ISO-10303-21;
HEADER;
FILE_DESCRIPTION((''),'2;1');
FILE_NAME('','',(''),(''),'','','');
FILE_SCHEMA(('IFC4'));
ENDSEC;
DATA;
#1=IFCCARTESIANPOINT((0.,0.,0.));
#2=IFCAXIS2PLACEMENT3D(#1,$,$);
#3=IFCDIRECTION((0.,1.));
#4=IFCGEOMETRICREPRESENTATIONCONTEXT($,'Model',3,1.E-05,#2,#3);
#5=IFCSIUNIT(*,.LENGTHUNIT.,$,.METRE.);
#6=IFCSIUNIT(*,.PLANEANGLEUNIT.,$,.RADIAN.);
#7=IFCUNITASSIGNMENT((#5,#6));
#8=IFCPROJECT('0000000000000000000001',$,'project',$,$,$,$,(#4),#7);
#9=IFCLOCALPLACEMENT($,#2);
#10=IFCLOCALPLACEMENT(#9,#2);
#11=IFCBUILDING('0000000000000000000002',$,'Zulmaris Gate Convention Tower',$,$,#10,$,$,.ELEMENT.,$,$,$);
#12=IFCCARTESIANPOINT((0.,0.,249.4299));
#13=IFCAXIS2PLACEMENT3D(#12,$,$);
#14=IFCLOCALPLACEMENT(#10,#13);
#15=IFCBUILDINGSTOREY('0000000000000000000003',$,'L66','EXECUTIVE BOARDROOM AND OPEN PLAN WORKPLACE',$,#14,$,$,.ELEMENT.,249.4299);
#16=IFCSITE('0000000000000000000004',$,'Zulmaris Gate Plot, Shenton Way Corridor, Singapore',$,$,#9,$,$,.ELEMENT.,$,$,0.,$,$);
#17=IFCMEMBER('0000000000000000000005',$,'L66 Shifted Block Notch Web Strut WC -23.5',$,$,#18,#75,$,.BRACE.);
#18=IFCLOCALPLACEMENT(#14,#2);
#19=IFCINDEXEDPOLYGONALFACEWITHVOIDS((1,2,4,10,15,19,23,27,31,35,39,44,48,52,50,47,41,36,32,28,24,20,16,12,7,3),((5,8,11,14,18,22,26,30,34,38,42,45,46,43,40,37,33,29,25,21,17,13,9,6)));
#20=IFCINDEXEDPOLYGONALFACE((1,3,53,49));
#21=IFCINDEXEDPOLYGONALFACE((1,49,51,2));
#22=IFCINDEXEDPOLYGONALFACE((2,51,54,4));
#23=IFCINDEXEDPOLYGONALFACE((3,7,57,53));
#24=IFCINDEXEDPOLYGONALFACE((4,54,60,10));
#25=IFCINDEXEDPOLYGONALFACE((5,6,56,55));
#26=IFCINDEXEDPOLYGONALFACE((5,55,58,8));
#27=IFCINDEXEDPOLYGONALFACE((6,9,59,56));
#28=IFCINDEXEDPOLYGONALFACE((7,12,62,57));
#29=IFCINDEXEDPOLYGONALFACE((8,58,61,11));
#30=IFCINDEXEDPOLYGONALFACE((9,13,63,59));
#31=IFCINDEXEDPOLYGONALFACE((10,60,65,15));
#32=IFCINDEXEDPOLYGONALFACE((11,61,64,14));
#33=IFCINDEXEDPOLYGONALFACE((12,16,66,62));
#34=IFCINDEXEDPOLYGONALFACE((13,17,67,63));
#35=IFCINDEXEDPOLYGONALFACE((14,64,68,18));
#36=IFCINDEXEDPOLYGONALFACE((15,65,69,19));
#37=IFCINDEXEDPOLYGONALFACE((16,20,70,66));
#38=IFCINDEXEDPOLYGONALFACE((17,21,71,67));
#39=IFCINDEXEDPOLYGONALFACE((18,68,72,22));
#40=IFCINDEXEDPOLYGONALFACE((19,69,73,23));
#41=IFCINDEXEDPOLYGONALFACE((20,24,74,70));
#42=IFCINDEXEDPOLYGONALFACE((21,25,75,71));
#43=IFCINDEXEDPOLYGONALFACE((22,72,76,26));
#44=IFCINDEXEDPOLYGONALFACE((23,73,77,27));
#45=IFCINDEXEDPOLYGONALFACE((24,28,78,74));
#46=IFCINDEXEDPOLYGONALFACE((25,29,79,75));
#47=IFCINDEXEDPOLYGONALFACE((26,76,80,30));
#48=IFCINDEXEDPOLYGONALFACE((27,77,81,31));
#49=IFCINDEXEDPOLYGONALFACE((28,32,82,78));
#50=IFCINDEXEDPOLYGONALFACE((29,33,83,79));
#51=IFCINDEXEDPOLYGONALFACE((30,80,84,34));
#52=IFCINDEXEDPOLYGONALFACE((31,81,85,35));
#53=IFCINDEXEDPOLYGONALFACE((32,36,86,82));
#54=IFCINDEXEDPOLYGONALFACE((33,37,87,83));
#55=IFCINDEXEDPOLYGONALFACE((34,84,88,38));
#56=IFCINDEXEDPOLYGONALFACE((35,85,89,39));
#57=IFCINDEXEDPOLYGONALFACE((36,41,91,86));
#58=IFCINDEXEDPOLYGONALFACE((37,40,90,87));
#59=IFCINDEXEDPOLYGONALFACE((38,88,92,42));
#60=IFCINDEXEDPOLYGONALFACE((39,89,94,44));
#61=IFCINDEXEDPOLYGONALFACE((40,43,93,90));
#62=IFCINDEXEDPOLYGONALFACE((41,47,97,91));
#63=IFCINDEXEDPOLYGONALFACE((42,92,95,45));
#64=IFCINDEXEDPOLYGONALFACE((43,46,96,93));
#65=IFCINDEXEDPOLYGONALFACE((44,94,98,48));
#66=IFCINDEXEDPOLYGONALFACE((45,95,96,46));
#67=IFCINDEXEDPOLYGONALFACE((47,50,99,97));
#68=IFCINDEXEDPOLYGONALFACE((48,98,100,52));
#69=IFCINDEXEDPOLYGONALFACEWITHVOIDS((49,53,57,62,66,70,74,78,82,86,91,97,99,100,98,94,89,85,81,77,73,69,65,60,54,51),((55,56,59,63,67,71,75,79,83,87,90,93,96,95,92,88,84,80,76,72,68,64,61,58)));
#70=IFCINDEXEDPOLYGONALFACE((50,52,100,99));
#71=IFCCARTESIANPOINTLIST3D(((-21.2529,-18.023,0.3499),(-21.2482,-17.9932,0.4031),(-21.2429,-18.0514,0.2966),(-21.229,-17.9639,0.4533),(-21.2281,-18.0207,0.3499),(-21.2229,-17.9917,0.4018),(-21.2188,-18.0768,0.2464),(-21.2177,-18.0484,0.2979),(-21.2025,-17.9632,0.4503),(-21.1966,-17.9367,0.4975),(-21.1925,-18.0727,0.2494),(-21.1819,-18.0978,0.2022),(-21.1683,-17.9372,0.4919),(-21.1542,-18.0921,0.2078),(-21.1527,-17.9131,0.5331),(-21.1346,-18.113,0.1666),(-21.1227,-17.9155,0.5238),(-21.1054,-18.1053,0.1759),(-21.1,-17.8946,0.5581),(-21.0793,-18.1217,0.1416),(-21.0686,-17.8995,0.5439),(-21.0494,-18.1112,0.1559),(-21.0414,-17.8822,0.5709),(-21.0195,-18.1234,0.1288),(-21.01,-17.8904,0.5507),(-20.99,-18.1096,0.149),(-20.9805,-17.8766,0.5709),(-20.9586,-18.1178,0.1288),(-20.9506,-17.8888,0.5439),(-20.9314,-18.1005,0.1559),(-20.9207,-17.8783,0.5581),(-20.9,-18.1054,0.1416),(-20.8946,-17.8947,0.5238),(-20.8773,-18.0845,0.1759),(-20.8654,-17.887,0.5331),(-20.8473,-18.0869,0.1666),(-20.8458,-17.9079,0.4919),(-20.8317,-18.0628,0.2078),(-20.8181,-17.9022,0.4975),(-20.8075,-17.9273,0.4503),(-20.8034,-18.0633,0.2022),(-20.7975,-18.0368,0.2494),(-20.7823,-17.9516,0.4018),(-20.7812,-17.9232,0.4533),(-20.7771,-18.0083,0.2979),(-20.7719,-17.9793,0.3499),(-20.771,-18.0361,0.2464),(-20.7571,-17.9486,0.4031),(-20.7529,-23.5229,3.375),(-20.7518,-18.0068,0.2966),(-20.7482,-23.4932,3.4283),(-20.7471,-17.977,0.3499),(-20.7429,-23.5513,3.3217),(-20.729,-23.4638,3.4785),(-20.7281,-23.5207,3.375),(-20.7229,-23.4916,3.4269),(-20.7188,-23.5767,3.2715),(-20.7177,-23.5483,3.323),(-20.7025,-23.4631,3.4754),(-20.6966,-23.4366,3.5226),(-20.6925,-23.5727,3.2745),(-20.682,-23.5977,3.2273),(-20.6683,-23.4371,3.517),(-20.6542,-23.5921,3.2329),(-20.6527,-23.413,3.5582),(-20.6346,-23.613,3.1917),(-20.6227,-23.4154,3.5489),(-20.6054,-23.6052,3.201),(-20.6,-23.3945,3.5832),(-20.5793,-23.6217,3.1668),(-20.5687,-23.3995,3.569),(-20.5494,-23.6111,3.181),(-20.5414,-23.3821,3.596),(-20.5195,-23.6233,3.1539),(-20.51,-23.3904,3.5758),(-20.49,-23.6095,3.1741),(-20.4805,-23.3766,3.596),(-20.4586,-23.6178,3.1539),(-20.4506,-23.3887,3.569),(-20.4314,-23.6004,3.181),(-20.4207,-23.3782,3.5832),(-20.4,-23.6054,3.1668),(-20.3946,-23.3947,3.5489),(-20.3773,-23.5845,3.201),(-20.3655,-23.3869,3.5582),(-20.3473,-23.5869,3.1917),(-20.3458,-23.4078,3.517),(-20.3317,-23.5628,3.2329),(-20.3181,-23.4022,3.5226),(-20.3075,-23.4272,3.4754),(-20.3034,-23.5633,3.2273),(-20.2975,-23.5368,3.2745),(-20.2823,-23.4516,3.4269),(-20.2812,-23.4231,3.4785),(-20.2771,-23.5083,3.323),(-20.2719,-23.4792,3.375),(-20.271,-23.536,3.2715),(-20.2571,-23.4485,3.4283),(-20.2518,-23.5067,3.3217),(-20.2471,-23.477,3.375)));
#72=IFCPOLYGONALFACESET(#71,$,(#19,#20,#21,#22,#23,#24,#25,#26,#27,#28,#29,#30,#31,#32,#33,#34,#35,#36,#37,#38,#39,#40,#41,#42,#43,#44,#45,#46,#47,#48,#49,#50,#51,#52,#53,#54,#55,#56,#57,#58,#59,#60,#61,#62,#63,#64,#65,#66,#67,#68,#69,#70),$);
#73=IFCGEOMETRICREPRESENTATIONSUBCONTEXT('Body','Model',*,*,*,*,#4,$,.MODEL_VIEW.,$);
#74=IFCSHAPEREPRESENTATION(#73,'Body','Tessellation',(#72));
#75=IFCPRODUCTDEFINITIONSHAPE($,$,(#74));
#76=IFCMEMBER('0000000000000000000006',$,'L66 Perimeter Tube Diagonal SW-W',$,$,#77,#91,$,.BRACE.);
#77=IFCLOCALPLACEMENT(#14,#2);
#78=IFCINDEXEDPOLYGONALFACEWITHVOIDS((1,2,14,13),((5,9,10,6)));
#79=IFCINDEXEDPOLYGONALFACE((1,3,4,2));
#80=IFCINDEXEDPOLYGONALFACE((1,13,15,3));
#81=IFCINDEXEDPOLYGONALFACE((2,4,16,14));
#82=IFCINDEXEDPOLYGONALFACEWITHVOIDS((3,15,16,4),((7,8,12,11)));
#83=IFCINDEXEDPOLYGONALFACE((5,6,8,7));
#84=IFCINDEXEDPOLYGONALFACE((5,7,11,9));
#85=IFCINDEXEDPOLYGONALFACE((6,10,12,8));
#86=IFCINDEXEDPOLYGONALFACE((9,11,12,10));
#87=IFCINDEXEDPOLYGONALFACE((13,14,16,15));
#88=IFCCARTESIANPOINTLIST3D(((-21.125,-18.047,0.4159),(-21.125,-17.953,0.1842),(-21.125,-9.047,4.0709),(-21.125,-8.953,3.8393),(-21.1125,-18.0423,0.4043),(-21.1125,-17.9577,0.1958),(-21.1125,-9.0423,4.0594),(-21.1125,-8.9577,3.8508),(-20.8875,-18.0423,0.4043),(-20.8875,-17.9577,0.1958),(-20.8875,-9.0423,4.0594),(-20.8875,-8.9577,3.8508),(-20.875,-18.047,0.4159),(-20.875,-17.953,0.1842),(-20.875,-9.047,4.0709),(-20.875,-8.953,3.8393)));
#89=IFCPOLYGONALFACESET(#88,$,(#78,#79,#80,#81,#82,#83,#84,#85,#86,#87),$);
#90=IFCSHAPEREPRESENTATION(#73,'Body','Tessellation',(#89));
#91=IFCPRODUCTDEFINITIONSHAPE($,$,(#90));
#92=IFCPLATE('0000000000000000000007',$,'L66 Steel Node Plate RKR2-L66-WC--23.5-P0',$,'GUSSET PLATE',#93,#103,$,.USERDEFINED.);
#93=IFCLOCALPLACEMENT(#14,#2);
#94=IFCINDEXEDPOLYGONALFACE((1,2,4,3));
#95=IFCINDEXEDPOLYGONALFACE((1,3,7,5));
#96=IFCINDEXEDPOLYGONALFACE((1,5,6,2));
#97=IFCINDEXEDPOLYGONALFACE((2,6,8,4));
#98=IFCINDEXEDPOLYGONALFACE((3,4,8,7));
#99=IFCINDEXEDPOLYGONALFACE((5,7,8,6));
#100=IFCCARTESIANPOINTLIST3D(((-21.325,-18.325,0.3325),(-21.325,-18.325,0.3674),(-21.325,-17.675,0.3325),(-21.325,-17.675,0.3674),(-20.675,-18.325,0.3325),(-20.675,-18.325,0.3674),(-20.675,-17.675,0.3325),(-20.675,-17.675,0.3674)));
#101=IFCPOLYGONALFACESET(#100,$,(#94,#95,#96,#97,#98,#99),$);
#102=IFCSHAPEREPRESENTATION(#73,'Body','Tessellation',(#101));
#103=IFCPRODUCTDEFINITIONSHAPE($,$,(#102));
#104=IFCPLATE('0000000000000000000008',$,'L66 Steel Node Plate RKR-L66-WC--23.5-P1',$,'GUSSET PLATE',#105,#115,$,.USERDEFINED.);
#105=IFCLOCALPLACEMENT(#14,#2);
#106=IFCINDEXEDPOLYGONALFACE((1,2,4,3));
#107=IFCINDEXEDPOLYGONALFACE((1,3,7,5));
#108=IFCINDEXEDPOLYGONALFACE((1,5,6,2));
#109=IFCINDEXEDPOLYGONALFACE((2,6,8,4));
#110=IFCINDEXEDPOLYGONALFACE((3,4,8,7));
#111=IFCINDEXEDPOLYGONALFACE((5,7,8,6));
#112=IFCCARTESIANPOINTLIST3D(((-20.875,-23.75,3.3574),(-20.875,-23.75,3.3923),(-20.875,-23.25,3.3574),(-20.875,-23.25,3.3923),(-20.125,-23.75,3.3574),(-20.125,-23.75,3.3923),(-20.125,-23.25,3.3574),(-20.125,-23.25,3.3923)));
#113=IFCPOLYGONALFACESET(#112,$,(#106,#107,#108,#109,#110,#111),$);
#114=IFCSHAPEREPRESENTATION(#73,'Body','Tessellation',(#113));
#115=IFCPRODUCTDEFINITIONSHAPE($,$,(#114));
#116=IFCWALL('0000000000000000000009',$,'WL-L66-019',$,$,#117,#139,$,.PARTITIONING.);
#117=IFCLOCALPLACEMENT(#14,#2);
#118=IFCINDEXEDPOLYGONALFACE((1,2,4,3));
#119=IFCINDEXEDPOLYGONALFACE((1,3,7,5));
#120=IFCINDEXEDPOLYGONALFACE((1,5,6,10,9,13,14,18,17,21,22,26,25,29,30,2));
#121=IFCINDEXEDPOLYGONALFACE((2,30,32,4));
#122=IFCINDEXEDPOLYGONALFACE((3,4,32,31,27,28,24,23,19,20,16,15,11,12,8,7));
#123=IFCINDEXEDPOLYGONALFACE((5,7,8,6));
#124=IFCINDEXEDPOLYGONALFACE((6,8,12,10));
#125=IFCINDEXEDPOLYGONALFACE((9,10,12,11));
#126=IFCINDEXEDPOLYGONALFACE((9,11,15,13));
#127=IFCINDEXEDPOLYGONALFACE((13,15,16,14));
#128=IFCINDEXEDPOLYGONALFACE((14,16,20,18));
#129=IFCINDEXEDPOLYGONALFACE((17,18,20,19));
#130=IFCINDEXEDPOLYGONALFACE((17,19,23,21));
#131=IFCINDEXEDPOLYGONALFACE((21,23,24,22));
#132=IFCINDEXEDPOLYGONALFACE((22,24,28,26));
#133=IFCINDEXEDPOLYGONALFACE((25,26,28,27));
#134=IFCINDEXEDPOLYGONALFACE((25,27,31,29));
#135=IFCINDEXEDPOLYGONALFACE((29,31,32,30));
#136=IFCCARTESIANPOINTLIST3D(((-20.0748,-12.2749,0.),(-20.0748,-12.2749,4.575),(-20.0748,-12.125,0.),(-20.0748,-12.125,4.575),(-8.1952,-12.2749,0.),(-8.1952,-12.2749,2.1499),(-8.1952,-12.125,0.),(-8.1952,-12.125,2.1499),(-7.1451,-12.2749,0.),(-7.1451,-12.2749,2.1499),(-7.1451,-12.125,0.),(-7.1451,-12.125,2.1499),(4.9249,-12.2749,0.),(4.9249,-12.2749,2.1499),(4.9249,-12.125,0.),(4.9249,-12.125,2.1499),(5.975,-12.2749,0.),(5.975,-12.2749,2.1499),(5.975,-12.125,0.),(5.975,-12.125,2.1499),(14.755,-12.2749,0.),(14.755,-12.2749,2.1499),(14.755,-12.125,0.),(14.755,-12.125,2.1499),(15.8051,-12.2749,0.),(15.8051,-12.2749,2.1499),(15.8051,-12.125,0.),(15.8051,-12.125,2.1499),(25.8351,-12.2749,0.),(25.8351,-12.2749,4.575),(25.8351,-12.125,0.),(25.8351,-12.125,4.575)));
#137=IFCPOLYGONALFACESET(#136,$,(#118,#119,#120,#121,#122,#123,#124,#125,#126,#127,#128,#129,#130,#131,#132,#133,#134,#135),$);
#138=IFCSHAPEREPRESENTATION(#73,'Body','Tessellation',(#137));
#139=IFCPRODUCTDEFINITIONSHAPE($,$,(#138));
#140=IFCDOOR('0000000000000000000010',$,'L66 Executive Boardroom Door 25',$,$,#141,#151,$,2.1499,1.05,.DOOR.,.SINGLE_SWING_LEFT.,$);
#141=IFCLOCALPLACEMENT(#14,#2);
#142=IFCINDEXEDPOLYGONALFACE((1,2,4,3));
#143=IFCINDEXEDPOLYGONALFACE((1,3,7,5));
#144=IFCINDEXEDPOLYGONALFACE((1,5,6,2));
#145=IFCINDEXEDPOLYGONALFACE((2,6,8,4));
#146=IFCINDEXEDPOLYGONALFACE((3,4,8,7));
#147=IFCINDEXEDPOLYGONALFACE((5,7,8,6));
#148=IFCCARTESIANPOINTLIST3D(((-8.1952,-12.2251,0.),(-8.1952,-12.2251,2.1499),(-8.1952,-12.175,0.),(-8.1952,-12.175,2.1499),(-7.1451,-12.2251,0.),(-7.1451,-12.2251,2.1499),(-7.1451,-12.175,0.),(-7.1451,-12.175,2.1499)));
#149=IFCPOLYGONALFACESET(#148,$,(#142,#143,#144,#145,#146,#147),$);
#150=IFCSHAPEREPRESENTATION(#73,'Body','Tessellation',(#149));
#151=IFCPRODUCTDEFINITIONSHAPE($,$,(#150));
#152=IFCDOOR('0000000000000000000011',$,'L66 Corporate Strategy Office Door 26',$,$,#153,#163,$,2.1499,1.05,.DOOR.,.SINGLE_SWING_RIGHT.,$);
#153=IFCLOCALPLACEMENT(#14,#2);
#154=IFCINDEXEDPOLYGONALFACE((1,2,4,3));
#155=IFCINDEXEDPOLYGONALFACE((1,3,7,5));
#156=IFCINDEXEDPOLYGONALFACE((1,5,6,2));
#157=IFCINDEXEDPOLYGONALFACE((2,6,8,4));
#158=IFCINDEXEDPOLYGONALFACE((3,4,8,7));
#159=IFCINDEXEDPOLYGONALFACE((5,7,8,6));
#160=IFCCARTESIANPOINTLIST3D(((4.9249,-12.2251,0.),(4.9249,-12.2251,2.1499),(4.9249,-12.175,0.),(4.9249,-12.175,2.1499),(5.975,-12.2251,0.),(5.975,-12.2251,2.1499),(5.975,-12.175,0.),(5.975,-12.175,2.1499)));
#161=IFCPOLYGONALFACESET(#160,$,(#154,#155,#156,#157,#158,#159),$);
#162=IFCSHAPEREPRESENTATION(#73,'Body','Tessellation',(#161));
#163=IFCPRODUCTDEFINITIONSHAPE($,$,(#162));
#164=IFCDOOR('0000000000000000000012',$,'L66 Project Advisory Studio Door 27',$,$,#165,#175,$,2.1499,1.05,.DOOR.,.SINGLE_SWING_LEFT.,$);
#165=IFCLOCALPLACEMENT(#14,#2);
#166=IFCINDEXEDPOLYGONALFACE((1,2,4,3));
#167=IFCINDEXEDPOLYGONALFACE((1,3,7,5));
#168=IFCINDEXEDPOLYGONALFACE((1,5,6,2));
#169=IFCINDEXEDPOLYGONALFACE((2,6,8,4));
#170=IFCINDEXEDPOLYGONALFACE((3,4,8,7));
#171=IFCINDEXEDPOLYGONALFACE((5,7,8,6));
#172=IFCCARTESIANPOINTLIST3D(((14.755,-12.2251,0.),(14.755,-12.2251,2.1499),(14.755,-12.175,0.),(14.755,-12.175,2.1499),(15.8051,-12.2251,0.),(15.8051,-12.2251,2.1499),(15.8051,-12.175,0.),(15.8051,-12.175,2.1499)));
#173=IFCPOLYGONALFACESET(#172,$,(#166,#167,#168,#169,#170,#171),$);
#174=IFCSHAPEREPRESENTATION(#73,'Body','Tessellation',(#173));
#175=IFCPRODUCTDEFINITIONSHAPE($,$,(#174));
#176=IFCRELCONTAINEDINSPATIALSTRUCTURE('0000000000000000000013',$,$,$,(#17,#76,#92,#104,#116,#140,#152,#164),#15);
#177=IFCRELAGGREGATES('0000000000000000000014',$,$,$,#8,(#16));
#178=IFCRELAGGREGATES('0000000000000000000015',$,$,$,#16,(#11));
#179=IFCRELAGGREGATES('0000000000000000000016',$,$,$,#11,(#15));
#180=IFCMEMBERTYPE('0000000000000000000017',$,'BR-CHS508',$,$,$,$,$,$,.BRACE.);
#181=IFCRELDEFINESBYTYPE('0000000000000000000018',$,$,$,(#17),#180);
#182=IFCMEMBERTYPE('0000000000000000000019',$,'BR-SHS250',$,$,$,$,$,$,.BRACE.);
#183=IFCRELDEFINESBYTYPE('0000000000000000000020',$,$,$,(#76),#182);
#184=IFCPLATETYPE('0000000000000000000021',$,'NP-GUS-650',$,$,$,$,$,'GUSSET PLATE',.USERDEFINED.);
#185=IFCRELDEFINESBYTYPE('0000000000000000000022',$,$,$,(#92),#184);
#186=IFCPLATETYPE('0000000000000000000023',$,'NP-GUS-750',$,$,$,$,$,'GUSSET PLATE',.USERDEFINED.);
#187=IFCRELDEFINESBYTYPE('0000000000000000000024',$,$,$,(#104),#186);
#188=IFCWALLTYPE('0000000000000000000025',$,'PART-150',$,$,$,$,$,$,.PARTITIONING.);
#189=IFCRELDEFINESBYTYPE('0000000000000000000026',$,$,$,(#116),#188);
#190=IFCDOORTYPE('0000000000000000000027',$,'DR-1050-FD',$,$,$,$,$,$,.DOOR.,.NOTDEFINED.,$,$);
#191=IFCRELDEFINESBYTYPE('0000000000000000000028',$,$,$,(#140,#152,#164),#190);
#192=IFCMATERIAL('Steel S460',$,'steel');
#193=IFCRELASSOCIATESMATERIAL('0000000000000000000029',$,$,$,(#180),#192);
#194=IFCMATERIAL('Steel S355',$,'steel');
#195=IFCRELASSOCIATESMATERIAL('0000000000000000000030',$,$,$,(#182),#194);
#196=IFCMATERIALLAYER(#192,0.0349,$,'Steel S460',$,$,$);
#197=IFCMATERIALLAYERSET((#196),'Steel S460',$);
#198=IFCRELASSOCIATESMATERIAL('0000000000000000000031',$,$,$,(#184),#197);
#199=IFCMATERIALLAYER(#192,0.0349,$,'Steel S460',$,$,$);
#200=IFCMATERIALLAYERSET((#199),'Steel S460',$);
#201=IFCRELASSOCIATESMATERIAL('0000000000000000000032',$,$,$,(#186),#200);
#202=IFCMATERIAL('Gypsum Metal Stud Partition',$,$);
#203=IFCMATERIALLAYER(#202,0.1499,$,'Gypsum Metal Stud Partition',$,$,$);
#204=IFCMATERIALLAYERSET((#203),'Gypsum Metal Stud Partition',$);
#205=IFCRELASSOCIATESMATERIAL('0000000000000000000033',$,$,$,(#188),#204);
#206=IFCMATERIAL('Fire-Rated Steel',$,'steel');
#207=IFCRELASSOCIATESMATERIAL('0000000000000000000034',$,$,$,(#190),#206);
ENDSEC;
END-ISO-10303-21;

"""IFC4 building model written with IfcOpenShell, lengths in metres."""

from ifc_helpers import new_model, si_unit, direction, frame, frame_2d, origin, origin_2d, place, context, subcontext, project, spatial, rectangle, hollow_rectangle, hollow_circle, extrude, material, layer, layer_set, material_profile, profile_set, type_object, element, fill, save


model = new_model("IFC4")

# Units and contexts
model_context = context("Model", 3, precision=1e-05, world=origin(), true_north=direction((0.0, 1.0)))
body_context = subcontext(model_context, "Body", "Model", "MODEL_VIEW")
ifc_project = project(units=[si_unit("LENGTHUNIT", "METRE"), si_unit("PLANEANGLEUNIT", "RADIAN")], contexts=[model_context])

# Site, building, storey
site_placement = place(None, origin())
site = spatial("IfcSite", under=ifc_project, at=site_placement, Name="Zulmaris Gate Plot, Shenton Way Corridor, Singapore", CompositionType="ELEMENT", RefElevation=0.0)
building_placement = place(site_placement, origin())
building = spatial("IfcBuilding", under=site, at=building_placement, Name="Zulmaris Gate Convention Tower", CompositionType="ELEMENT")
storey_placement = place(building_placement, frame((0.0, 0.0, 249.4299)))
storey = spatial("IfcBuildingStorey", under=building, at=storey_placement, Name="L66", Description="EXECUTIVE BOARDROOM AND OPEN PLAN WORKPLACE", CompositionType="ELEMENT", Elevation=249.4299)

# Shared definitions
ifc_material_1 = material(Name="Steel S355", Category="steel")

# Members
ifc_material_2 = material(Name="Steel S460", Category="steel")
ifc_material_profile_1 = material_profile(ifc_material_2, hollow_circle(Radius=0.2539, WallThickness=0.0249, at=origin_2d()), Name="CHS 508x25")
ifc_profile_set_1 = profile_set([ifc_material_profile_1], Name="Steel S460")
member_type_1 = type_object("IfcMemberType", Name="BR-CHS508", PredefinedType="BRACE", material=ifc_profile_set_1)
member_1_placement = place(storey_placement, frame((-21.0, -18.0, 0.3499), z_axis=(0.079404, -0.873439, 0.480415), x_axis=(0.995893, 0.090536, 0.0)))
element("IfcMember", 1, at=member_1_placement, inside=storey, type_object=member_type_1, Name="L66 Shifted Block Notch Web Strut WC -23.5", PredefinedType="BRACE", context=body_context, shape_type="SweptSolid", body=[
    extrude(hollow_circle(Radius=0.2539, WallThickness=0.0249, at=origin_2d()), origin(), (0.0, 0.0, 1.0), 6.2969),
])
ifc_material_profile_2 = material_profile(ifc_material_1, hollow_rectangle(XDim=0.25, YDim=0.25, WallThickness=0.0125, at=origin_2d()), Name="SHS 250x250x12.5")
ifc_profile_set_2 = profile_set([ifc_material_profile_2], Name="Steel S355")
member_type_2 = type_object("IfcMemberType", Name="BR-SHS250", PredefinedType="BRACE", material=ifc_profile_set_2)
member_2_placement = place(storey_placement, frame((-21.0, -18.0, 0.3), z_axis=(0.0, 0.92651, 0.376269), x_axis=(-1.0, 0.0, 0.0)))
element("IfcMember", 2, at=member_2_placement, inside=storey, type_object=member_type_2, Name="L66 Perimeter Tube Diagonal SW-W", PredefinedType="BRACE", context=body_context, shape_type="SweptSolid", body=[
    extrude(hollow_rectangle(XDim=0.25, YDim=0.25, WallThickness=0.0125, at=origin_2d()), origin(), (0.0, 0.0, 1.0), 9.7139),
])

# Plates
ifc_layer_1 = layer(ifc_material_2, 0.0349, Name="Steel S460")
ifc_layer_set_1 = layer_set([ifc_layer_1], Name="Steel S460")
plate_type_1 = type_object("IfcPlateType", Name="NP-GUS-650", ElementType="GUSSET PLATE", PredefinedType="USERDEFINED", material=ifc_layer_set_1)
plate_1_placement = place(storey_placement, frame((-21.0, -18.0, 0.3325), z_axis=(0.0, 0.0, 1.0), x_axis=(1.0, 0.0, 0.0)))
element("IfcPlate", 3, at=plate_1_placement, inside=storey, type_object=plate_type_1, Name="L66 Steel Node Plate RKR2-L66-WC--23.5-P0", ObjectType="GUSSET PLATE", PredefinedType="USERDEFINED", context=body_context, shape_type="SweptSolid", body=[
    extrude(rectangle(XDim=0.6499, YDim=0.6499, at=origin_2d()), origin(), (0.0, 0.0, 1.0), 0.0349),
])
ifc_layer_2 = layer(ifc_material_2, 0.0349, Name="Steel S460")
ifc_layer_set_2 = layer_set([ifc_layer_2], Name="Steel S460")
plate_type_2 = type_object("IfcPlateType", Name="NP-GUS-750", ElementType="GUSSET PLATE", PredefinedType="USERDEFINED", material=ifc_layer_set_2)
plate_2_placement = place(storey_placement, frame((-20.5, -23.5, 3.3574), z_axis=(0.0, 0.0, 1.0), x_axis=(1.0, 0.0, 0.0)))
element("IfcPlate", 4, at=plate_2_placement, inside=storey, type_object=plate_type_2, Name="L66 Steel Node Plate RKR-L66-WC--23.5-P1", ObjectType="GUSSET PLATE", PredefinedType="USERDEFINED", context=body_context, shape_type="SweptSolid", body=[
    extrude(rectangle(XDim=0.75, YDim=0.5, at=origin_2d()), origin(), (0.0, 0.0, 1.0), 0.0349),
])

# Wall, openings, doors
ifc_material_3 = material(Name="Gypsum Metal Stud Partition")
ifc_layer_3 = layer(ifc_material_3, 0.1499, Name="Gypsum Metal Stud Partition")
ifc_layer_set_3 = layer_set([ifc_layer_3], Name="Gypsum Metal Stud Partition")
wall_type_1 = type_object("IfcWallType", Name="PART-150", PredefinedType="PARTITIONING", material=ifc_layer_set_3)
wall_1_placement = place(storey_placement, frame((-20.075, -12.2, 0.0), z_axis=(0.0, 0.0, 1.0), x_axis=(1.0, 0.0, 0.0)))
wall_1 = element("IfcWall", 5, at=wall_1_placement, inside=storey, type_object=wall_type_1, Name="WL-L66-019", PredefinedType="PARTITIONING", context=body_context, shape_type="SweptSolid", body=[
    extrude(rectangle(XDim=45.9099, YDim=0.1499, at=frame_2d((22.9551, 0.0))), origin(), (0.0, 0.0, 1.0), 4.575),
])
opening_1_placement = place(wall_1_placement, frame((11.8799, 0.0, 0.0)))
opening_1 = element("IfcOpeningElement", 6, at=opening_1_placement, cuts=wall_1, PredefinedType="OPENING", context=body_context, shape_type="SweptSolid", body=[
    extrude(rectangle(XDim=1.05, YDim=2.1499, at=frame_2d((0.5249, 1.075))), frame((0.0, 0.085, 0.0), z_axis=(0.0, -1.0, 0.0), x_axis=(1.0, 0.0, 0.0)), (0.0, 0.0, 1.0), 0.1699),
])
opening_2_placement = place(wall_1_placement, frame((25.0, 0.0, 0.0)))
opening_2 = element("IfcOpeningElement", 7, at=opening_2_placement, cuts=wall_1, PredefinedType="OPENING", context=body_context, shape_type="SweptSolid", body=[
    extrude(rectangle(XDim=1.05, YDim=2.1499, at=frame_2d((0.5249, 1.075))), frame((0.0, 0.085, 0.0), z_axis=(0.0, -1.0, 0.0), x_axis=(1.0, 0.0, 0.0)), (0.0, 0.0, 1.0), 0.1699),
])
opening_3_placement = place(wall_1_placement, frame((34.8301, 0.0, 0.0)))
opening_3 = element("IfcOpeningElement", 8, at=opening_3_placement, cuts=wall_1, PredefinedType="OPENING", context=body_context, shape_type="SweptSolid", body=[
    extrude(rectangle(XDim=1.05, YDim=2.1499, at=frame_2d((0.5249, 1.075))), frame((0.0, 0.085, 0.0), z_axis=(0.0, -1.0, 0.0), x_axis=(1.0, 0.0, 0.0)), (0.0, 0.0, 1.0), 0.1699),
])
ifc_material_4 = material(Name="Fire-Rated Steel", Category="steel")
door_type = type_object("IfcDoorType", Name="DR-1050-FD", OperationType="NOTDEFINED", PredefinedType="DOOR", material=ifc_material_4)
door_1_placement = place(opening_1_placement, origin())
door_1 = element("IfcDoor", 9, at=door_1_placement, inside=storey, type_object=door_type, Name="L66 Executive Boardroom Door 25", OperationType="SINGLE_SWING_LEFT", OverallHeight=2.1499, OverallWidth=1.05, PredefinedType="DOOR", context=body_context, shape_type="SweptSolid", body=[
    extrude(rectangle(XDim=1.05, YDim=2.1499, at=frame_2d((0.5249, 1.075))), frame((0.0, 0.0249, 0.0), z_axis=(0.0, -1.0, 0.0), x_axis=(1.0, 0.0, 0.0)), (0.0, 0.0, 1.0), 0.05),
])
fill(opening_1, door_1)
door_2_placement = place(opening_2_placement, origin())
door_2 = element("IfcDoor", 10, at=door_2_placement, inside=storey, type_object=door_type, Name="L66 Corporate Strategy Office Door 26", OperationType="SINGLE_SWING_RIGHT", OverallHeight=2.1499, OverallWidth=1.05, PredefinedType="DOOR", context=body_context, shape_type="SweptSolid", body=[
    extrude(rectangle(XDim=1.05, YDim=2.1499, at=frame_2d((0.5249, 1.075))), frame((0.0, 0.0249, 0.0), z_axis=(0.0, -1.0, 0.0), x_axis=(1.0, 0.0, 0.0)), (0.0, 0.0, 1.0), 0.05),
])
fill(opening_2, door_2)
door_3_placement = place(opening_3_placement, origin())
door_3 = element("IfcDoor", 11, at=door_3_placement, inside=storey, type_object=door_type, Name="L66 Project Advisory Studio Door 27", OperationType="SINGLE_SWING_LEFT", OverallHeight=2.1499, OverallWidth=1.05, PredefinedType="DOOR", context=body_context, shape_type="SweptSolid", body=[
    extrude(rectangle(XDim=1.05, YDim=2.1499, at=frame_2d((0.5249, 1.075))), frame((0.0, 0.0249, 0.0), z_axis=(0.0, -1.0, 0.0), x_axis=(1.0, 0.0, 0.0)), (0.0, 0.0, 1.0), 0.05),
])
fill(opening_3, door_3)

save(model, "model.ifc")
